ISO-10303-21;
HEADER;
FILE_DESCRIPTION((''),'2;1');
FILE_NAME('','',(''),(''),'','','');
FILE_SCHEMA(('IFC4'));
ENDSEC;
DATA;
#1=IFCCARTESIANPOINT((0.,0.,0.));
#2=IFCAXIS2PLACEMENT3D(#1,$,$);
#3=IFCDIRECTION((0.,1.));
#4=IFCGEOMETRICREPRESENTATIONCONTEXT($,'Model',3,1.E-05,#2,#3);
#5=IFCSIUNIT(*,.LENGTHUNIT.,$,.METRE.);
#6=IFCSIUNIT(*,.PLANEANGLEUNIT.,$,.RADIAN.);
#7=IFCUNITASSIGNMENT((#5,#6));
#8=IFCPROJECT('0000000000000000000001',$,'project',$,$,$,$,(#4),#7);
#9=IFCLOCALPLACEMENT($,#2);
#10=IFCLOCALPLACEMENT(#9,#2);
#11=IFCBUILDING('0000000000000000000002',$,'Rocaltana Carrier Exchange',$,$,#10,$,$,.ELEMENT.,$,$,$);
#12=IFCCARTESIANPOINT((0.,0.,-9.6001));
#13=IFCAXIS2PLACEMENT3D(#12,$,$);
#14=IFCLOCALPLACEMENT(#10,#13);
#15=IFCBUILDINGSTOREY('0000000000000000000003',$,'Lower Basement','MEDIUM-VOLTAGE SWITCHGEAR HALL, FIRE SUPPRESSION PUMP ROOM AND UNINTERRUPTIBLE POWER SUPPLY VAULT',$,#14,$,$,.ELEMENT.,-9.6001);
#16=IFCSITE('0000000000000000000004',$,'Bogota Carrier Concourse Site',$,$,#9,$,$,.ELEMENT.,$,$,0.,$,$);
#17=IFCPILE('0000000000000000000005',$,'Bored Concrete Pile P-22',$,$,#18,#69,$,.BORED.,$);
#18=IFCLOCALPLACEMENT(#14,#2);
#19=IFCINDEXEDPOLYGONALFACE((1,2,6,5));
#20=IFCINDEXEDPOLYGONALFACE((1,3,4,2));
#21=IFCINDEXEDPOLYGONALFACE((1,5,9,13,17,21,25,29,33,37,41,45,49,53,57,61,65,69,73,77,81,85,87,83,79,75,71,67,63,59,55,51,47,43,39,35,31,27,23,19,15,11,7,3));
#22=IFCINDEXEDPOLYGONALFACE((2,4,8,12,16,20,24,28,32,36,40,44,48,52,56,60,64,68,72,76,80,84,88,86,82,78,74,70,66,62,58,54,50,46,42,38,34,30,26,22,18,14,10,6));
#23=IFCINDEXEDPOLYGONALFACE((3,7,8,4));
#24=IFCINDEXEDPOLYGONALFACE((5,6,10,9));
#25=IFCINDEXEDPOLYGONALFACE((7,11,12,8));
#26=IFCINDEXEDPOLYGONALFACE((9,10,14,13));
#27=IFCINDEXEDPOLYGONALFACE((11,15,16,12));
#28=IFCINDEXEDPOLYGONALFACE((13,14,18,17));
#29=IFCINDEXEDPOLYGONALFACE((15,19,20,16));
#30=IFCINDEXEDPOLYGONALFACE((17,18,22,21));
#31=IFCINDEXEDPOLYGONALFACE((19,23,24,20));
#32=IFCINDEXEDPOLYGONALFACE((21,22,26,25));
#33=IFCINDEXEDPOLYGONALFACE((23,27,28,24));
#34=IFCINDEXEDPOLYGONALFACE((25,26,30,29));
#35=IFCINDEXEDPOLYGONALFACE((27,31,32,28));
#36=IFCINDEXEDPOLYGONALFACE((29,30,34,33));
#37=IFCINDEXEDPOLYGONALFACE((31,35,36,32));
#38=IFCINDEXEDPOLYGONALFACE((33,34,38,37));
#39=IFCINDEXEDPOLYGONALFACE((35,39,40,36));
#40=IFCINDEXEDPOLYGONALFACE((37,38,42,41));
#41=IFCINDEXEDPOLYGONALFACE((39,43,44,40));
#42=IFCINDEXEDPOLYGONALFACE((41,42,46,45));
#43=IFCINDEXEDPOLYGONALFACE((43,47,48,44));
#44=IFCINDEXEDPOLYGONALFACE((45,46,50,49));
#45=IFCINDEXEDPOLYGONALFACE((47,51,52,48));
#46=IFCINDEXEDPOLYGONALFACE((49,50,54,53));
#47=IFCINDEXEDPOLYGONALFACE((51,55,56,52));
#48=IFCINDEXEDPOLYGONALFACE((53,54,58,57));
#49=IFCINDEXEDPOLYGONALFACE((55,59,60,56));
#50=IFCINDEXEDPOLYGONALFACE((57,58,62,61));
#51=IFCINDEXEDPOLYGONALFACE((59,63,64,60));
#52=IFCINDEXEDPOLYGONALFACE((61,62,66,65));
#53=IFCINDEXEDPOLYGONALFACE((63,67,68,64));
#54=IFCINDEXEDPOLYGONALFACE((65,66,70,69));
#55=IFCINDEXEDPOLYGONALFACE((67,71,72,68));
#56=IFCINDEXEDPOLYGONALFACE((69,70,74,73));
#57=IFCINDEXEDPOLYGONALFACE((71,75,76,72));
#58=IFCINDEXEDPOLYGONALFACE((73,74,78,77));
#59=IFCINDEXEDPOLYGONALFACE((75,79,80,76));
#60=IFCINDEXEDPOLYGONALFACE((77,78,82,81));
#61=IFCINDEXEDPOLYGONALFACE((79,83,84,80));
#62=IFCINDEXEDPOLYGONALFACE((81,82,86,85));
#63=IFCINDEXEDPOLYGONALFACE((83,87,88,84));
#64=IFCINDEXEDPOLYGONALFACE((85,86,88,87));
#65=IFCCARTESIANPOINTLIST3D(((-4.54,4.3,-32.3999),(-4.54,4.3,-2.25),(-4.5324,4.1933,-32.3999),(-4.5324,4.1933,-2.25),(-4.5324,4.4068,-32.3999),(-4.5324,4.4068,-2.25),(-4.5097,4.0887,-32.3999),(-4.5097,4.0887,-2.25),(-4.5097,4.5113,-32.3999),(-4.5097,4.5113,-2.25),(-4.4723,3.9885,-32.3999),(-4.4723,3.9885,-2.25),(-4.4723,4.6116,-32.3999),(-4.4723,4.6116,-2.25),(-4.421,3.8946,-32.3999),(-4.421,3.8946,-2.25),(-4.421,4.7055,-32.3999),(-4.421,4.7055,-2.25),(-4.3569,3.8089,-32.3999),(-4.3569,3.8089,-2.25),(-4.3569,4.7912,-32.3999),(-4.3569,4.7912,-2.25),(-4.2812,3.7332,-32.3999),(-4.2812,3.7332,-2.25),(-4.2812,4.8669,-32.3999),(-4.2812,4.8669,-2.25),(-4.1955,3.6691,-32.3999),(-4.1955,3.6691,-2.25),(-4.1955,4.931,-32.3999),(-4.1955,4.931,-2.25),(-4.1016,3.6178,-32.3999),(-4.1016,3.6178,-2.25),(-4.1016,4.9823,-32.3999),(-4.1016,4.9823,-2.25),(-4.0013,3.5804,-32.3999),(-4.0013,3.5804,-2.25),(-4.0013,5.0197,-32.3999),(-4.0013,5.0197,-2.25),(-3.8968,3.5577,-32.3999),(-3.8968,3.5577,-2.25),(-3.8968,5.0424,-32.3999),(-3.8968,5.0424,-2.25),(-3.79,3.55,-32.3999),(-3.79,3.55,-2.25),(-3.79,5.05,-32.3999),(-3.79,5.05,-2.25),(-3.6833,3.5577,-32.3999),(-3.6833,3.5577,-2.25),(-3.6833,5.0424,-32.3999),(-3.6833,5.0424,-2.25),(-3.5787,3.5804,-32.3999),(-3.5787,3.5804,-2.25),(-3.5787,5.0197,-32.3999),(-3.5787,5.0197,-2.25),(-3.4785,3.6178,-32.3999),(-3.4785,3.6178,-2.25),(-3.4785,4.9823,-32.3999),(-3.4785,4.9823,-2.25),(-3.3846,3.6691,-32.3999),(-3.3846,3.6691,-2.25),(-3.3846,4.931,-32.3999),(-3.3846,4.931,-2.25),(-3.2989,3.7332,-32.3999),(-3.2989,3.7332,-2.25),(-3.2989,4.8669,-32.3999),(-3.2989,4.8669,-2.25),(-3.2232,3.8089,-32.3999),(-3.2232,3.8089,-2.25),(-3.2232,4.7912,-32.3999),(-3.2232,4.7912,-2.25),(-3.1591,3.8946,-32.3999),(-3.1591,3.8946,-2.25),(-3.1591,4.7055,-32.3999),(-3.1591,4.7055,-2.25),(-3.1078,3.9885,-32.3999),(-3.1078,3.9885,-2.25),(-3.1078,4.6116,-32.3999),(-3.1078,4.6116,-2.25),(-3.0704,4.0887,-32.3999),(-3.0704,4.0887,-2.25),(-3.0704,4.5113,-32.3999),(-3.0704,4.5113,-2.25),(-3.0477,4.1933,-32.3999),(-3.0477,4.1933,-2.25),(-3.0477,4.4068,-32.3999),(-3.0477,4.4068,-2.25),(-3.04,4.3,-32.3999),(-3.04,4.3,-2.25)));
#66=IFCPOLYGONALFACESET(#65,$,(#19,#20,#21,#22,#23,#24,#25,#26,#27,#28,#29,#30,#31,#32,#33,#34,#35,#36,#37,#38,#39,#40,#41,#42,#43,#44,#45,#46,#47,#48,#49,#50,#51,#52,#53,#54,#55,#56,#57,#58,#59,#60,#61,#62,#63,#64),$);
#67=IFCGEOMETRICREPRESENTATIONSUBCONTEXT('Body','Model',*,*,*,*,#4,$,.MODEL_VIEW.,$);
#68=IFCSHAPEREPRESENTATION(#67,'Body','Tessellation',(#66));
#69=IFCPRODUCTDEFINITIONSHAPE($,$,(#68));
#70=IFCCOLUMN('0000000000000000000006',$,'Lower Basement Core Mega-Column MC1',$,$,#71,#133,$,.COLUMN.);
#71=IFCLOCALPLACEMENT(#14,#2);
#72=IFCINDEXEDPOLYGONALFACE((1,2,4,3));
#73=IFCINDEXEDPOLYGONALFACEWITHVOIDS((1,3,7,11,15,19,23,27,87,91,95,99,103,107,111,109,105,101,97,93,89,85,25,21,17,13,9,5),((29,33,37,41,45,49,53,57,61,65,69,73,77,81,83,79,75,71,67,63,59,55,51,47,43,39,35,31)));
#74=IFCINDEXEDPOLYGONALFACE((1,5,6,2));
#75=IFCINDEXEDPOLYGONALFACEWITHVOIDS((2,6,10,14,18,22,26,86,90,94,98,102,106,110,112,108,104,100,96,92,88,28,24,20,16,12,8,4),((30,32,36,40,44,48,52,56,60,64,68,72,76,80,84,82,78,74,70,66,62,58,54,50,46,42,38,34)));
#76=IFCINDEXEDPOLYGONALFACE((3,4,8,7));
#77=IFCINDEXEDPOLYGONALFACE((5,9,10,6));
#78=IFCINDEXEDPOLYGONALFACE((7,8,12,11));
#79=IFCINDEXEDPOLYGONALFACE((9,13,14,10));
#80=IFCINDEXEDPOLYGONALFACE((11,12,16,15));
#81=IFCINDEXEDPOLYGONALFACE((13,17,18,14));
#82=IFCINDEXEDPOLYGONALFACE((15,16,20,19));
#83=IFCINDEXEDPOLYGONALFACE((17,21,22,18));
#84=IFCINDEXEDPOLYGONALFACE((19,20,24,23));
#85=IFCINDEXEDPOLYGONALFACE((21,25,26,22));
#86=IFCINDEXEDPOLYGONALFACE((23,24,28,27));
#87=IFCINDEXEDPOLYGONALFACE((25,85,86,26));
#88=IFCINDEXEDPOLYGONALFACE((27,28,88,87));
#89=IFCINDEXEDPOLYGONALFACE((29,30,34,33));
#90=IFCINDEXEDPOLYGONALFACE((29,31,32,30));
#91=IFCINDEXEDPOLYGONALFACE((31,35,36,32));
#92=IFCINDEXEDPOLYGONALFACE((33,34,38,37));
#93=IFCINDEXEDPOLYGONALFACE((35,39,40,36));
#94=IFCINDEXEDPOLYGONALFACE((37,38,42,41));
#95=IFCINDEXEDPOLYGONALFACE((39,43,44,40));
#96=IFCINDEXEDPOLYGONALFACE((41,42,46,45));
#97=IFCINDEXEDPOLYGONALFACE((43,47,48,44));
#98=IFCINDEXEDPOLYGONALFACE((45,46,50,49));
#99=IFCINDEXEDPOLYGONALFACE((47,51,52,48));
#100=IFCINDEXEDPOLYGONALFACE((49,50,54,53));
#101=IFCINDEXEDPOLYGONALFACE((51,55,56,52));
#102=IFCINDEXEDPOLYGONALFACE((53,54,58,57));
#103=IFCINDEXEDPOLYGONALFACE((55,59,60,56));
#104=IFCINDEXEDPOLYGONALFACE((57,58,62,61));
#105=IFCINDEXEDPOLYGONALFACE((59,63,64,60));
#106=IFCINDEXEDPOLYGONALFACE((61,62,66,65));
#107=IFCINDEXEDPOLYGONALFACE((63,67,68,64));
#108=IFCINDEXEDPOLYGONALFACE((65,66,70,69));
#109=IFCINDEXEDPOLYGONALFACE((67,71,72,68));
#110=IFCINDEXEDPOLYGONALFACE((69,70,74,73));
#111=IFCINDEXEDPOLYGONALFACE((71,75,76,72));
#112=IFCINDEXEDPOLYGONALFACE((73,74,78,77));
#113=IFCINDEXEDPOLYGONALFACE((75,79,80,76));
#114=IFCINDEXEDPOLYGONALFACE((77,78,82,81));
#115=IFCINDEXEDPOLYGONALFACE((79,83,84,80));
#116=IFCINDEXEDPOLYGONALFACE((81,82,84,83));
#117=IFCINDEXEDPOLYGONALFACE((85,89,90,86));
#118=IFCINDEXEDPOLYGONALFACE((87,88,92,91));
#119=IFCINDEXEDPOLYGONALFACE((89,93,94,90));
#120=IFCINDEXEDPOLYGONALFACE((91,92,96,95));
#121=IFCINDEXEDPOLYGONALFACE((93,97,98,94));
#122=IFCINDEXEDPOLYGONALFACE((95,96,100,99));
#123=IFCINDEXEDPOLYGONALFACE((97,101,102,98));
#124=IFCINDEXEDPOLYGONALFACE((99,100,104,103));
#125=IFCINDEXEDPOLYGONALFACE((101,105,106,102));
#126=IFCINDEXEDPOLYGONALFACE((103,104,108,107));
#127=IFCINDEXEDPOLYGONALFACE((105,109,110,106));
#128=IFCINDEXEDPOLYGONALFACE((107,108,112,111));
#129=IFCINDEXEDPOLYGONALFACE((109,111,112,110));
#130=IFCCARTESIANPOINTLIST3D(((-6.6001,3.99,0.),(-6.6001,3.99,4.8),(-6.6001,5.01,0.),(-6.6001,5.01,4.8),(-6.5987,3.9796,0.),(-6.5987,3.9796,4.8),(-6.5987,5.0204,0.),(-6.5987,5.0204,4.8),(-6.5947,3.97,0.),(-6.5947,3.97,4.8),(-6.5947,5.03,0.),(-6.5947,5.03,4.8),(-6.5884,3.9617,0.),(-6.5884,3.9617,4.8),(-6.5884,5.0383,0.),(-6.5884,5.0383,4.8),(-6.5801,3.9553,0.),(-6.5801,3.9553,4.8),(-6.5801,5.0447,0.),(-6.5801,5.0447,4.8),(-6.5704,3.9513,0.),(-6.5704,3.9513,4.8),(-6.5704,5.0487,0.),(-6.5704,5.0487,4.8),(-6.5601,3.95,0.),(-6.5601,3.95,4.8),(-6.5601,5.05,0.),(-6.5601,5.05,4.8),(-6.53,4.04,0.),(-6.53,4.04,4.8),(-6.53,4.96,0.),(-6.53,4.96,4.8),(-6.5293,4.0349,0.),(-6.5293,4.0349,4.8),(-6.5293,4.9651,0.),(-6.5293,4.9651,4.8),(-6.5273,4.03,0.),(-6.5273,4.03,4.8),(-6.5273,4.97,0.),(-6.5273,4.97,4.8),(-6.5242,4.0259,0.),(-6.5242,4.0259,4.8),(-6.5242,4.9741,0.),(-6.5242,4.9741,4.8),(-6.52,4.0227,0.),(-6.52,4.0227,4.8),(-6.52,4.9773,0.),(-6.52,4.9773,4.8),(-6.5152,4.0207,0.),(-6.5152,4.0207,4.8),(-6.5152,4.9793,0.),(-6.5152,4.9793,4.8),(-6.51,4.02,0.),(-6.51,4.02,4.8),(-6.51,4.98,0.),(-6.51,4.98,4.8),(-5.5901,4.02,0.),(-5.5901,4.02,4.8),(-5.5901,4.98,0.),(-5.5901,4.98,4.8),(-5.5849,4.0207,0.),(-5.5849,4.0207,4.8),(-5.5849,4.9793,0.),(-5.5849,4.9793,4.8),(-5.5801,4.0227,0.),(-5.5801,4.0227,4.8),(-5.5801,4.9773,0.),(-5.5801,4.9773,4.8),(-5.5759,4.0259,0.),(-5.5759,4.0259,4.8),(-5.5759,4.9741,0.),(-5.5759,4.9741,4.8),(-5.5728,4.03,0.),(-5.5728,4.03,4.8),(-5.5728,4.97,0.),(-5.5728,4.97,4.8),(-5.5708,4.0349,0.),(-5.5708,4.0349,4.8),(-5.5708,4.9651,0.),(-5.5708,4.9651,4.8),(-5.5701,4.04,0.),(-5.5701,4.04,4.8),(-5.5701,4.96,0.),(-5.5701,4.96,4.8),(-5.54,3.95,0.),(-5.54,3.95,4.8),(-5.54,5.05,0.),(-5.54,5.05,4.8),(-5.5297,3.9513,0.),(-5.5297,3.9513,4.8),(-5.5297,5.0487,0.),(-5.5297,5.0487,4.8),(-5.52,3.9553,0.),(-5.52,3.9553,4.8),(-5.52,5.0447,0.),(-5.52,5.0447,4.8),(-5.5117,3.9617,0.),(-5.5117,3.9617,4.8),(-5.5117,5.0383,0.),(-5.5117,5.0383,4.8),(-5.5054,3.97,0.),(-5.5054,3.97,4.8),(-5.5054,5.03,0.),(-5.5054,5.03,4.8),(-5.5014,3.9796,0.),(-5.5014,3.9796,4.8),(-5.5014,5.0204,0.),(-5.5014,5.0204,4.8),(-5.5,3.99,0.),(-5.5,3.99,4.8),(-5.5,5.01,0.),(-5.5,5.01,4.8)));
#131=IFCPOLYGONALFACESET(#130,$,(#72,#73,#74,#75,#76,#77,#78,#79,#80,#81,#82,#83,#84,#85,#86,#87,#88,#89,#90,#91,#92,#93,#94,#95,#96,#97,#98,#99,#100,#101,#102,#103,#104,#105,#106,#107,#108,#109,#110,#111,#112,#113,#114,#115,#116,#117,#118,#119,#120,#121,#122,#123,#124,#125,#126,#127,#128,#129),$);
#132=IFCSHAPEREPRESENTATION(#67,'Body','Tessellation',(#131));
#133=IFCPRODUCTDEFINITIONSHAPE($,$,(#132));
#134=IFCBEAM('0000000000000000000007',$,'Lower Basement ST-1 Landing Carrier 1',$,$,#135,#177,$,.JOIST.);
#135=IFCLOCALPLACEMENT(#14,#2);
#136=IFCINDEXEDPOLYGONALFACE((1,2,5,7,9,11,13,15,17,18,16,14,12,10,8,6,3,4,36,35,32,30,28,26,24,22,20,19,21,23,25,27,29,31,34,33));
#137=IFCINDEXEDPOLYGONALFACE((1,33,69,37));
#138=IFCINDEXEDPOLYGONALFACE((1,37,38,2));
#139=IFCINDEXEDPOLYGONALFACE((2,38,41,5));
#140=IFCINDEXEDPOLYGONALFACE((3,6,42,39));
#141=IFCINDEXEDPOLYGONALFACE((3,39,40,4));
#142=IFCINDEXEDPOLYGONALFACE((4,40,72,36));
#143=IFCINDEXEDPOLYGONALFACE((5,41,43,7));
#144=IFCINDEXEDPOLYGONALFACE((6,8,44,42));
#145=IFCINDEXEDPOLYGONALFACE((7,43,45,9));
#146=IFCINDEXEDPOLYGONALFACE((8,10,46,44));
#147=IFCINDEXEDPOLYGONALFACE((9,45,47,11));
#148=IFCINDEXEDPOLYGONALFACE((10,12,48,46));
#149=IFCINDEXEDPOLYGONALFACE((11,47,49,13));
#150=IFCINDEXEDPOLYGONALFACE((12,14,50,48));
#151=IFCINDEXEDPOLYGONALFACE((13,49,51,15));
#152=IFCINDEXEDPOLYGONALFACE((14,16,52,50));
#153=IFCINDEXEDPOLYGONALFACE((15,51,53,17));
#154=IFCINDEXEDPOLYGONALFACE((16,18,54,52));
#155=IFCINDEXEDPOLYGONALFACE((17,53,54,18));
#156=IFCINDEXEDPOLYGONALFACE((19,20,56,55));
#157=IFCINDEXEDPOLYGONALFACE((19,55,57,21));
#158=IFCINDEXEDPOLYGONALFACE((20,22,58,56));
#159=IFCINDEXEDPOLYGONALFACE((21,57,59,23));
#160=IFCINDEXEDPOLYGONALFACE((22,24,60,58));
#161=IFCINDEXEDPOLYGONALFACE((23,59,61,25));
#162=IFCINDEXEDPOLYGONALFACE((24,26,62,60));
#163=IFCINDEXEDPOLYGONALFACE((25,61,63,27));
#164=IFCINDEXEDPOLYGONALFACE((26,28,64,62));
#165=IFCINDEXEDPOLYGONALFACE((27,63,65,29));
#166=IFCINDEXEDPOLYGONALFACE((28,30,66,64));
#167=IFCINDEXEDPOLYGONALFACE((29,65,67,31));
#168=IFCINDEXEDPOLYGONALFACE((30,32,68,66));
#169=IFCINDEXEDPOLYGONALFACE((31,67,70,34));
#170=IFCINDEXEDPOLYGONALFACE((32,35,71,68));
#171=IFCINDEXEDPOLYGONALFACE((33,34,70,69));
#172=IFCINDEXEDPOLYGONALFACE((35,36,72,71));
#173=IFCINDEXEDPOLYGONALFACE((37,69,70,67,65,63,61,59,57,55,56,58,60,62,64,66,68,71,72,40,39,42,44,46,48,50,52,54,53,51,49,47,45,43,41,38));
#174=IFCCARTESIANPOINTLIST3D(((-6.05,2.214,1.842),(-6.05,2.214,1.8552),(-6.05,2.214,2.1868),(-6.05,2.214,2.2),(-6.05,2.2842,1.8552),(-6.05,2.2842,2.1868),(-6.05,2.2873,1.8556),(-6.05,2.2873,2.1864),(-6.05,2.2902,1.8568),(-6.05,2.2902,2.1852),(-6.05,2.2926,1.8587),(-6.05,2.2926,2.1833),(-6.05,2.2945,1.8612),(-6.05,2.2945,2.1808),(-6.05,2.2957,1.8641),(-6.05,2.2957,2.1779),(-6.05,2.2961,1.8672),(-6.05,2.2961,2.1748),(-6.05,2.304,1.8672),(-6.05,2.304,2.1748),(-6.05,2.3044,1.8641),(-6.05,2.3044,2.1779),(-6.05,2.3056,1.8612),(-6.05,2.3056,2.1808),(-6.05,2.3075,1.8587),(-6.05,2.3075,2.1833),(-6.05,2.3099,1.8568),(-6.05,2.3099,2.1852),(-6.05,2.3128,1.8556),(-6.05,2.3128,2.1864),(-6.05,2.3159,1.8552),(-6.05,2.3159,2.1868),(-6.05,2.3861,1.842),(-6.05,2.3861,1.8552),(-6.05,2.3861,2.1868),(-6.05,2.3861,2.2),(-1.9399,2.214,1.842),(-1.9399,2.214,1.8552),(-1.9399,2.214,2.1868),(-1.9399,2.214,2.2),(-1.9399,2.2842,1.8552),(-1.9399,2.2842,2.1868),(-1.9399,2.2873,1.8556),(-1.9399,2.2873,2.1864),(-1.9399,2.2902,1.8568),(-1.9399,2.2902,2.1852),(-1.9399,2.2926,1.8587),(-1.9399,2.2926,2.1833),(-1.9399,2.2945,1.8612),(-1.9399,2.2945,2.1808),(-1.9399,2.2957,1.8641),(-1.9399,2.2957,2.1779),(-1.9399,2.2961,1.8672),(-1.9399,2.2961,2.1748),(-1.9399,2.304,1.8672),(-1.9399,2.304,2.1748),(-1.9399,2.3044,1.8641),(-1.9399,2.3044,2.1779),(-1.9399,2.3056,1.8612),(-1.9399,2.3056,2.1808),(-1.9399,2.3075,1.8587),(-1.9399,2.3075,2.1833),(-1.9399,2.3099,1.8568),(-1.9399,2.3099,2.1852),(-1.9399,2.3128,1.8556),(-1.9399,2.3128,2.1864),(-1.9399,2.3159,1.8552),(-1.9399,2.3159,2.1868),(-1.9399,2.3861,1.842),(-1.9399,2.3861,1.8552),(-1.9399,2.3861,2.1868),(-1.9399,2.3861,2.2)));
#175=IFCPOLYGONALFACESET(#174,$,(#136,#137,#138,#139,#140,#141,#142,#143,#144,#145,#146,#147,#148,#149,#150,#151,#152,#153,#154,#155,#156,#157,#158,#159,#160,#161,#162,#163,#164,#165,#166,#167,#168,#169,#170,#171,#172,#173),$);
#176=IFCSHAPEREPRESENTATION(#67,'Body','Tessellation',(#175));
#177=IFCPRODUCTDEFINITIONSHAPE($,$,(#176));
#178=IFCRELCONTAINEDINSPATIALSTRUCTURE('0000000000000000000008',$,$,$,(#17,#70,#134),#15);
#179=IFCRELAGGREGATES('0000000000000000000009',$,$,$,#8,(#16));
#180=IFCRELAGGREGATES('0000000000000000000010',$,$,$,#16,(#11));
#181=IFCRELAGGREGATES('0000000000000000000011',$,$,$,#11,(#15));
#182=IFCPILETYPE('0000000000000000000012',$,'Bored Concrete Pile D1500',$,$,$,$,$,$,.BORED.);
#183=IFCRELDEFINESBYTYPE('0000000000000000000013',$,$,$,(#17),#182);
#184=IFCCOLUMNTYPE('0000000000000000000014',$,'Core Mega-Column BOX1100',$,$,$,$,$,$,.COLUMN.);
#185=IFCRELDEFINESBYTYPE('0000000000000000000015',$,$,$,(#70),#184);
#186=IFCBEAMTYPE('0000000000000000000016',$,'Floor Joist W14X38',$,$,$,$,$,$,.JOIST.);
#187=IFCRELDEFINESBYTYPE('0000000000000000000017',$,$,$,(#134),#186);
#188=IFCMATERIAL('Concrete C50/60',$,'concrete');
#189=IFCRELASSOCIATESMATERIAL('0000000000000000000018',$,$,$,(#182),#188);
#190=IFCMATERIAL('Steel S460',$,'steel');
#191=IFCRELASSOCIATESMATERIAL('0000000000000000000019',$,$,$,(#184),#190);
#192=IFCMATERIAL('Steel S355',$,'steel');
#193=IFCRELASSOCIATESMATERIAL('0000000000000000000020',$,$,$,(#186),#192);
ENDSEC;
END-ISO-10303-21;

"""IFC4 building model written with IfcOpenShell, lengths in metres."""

from ifc_helpers import new_model, si_unit, direction, frame, origin, origin_2d, place, context, subcontext, project, spatial, hollow_rectangle, circle, i_section, extrude, material, material_profile, profile_set, type_object, element, save


model = new_model("IFC4")

# Units and contexts
model_context = context("Model", 3, precision=1e-05, world=origin(), true_north=direction((0.0, 1.0)))
body_context = subcontext(model_context, "Body", "Model", "MODEL_VIEW")
ifc_project = project(units=[si_unit("LENGTHUNIT", "METRE"), si_unit("PLANEANGLEUNIT", "RADIAN")], contexts=[model_context])

# Site, building, storey
site_placement = place(None, origin())
site = spatial("IfcSite", under=ifc_project, at=site_placement, Name="Bogota Carrier Concourse Site", CompositionType="ELEMENT", RefElevation=0.0)
building_placement = place(site_placement, origin())
building = spatial("IfcBuilding", under=site, at=building_placement, Name="Rocaltana Carrier Exchange", CompositionType="ELEMENT")
storey_placement = place(building_placement, frame((0.0, 0.0, -9.6001)))
storey = spatial("IfcBuildingStorey", under=building, at=storey_placement, Name="Lower Basement", Description="MEDIUM-VOLTAGE SWITCHGEAR HALL, FIRE SUPPRESSION PUMP ROOM AND UNINTERRUPTIBLE POWER SUPPLY VAULT", CompositionType="ELEMENT", Elevation=-9.6001)

# Pile
ifc_material_1 = material(Name="Concrete C50/60", Category="concrete")
ifc_material_profile_1 = material_profile(ifc_material_1, circle(Radius=0.75, at=origin_2d()), Name="PILE-D1500")
ifc_profile_set_1 = profile_set([ifc_material_profile_1], Name="Concrete C50/60")
pile_type = type_object("IfcPileType", Name="Bored Concrete Pile D1500", PredefinedType="BORED", material=ifc_profile_set_1)
pile_placement = place(storey_placement, frame((-3.79, 4.3, -2.25), z_axis=(0.0, 0.0, -1.0), x_axis=(1.0, 0.0, 0.0)))
element("IfcPile", 1, at=pile_placement, inside=storey, type_object=pile_type, Name="Bored Concrete Pile P-22", PredefinedType="BORED", context=body_context, shape_type="SweptSolid", body=[
    extrude(circle(Radius=0.75, at=origin_2d()), origin(), (0.0, 0.0, 1.0), 30.1499),
])

# Column
ifc_material_2 = material(Name="Steel S460", Category="steel")
ifc_material_profile_2 = material_profile(ifc_material_2, hollow_rectangle(XDim=1.1001, YDim=1.1001, WallThickness=0.0701, InnerFilletRadius=0.02, OuterFilletRadius=0.04, at=origin_2d()), Name="BOX1100X1100X70")
ifc_profile_set_2 = profile_set([ifc_material_profile_2], Name="Steel S460")
column_type = type_object("IfcColumnType", Name="Core Mega-Column BOX1100", PredefinedType="COLUMN", material=ifc_profile_set_2)
column_placement = place(storey_placement, frame((-6.05, 4.5, 0.0), z_axis=(0.0, 0.0, 1.0), x_axis=(1.0, 0.0, 0.0)))
element("IfcColumn", 2, at=column_placement, inside=storey, type_object=column_type, Name="Lower Basement Core Mega-Column MC1", PredefinedType="COLUMN", context=body_context, shape_type="SweptSolid", body=[
    extrude(hollow_rectangle(XDim=1.1001, YDim=1.1001, WallThickness=0.0701, InnerFilletRadius=0.02, OuterFilletRadius=0.04, at=origin_2d()), origin(), (0.0, 0.0, 1.0), 4.8),
])

# Beam
ifc_material_3 = material(Name="Steel S355", Category="steel")
ifc_material_profile_3 = material_profile(ifc_material_3, i_section(OverallWidth=0.1721, OverallDepth=0.3579, WebThickness=0.0078, FlangeThickness=0.0132, FilletRadius=0.012, at=origin_2d()), Name="W14X38")
ifc_profile_set_3 = profile_set([ifc_material_profile_3], Name="Steel S355")
beam_type = type_object("IfcBeamType", Name="Floor Joist W14X38", PredefinedType="JOIST", material=ifc_profile_set_3)
for number, where, z_axis, x_axis, name in (
    (3, (-6.05, 2.3, 2.021), (1.0, 0.0, 0.0), (0.0, 1.0, 0.0), "Lower Basement ST-1 Landing Carrier 1"),
):
    element("IfcBeam", number, at=place(storey_placement, frame(where, z_axis=z_axis, x_axis=x_axis)), inside=storey, type_object=beam_type, Name=name, PredefinedType="JOIST", context=body_context, shape_type="SweptSolid", body=[
        extrude(i_section(OverallWidth=0.1721, OverallDepth=0.3579, WebThickness=0.0078, FlangeThickness=0.0132, FilletRadius=0.012, at=origin_2d()), origin(), (0.0, 0.0, 1.0), 4.1101),
    ])

save(model, "model.ifc")
